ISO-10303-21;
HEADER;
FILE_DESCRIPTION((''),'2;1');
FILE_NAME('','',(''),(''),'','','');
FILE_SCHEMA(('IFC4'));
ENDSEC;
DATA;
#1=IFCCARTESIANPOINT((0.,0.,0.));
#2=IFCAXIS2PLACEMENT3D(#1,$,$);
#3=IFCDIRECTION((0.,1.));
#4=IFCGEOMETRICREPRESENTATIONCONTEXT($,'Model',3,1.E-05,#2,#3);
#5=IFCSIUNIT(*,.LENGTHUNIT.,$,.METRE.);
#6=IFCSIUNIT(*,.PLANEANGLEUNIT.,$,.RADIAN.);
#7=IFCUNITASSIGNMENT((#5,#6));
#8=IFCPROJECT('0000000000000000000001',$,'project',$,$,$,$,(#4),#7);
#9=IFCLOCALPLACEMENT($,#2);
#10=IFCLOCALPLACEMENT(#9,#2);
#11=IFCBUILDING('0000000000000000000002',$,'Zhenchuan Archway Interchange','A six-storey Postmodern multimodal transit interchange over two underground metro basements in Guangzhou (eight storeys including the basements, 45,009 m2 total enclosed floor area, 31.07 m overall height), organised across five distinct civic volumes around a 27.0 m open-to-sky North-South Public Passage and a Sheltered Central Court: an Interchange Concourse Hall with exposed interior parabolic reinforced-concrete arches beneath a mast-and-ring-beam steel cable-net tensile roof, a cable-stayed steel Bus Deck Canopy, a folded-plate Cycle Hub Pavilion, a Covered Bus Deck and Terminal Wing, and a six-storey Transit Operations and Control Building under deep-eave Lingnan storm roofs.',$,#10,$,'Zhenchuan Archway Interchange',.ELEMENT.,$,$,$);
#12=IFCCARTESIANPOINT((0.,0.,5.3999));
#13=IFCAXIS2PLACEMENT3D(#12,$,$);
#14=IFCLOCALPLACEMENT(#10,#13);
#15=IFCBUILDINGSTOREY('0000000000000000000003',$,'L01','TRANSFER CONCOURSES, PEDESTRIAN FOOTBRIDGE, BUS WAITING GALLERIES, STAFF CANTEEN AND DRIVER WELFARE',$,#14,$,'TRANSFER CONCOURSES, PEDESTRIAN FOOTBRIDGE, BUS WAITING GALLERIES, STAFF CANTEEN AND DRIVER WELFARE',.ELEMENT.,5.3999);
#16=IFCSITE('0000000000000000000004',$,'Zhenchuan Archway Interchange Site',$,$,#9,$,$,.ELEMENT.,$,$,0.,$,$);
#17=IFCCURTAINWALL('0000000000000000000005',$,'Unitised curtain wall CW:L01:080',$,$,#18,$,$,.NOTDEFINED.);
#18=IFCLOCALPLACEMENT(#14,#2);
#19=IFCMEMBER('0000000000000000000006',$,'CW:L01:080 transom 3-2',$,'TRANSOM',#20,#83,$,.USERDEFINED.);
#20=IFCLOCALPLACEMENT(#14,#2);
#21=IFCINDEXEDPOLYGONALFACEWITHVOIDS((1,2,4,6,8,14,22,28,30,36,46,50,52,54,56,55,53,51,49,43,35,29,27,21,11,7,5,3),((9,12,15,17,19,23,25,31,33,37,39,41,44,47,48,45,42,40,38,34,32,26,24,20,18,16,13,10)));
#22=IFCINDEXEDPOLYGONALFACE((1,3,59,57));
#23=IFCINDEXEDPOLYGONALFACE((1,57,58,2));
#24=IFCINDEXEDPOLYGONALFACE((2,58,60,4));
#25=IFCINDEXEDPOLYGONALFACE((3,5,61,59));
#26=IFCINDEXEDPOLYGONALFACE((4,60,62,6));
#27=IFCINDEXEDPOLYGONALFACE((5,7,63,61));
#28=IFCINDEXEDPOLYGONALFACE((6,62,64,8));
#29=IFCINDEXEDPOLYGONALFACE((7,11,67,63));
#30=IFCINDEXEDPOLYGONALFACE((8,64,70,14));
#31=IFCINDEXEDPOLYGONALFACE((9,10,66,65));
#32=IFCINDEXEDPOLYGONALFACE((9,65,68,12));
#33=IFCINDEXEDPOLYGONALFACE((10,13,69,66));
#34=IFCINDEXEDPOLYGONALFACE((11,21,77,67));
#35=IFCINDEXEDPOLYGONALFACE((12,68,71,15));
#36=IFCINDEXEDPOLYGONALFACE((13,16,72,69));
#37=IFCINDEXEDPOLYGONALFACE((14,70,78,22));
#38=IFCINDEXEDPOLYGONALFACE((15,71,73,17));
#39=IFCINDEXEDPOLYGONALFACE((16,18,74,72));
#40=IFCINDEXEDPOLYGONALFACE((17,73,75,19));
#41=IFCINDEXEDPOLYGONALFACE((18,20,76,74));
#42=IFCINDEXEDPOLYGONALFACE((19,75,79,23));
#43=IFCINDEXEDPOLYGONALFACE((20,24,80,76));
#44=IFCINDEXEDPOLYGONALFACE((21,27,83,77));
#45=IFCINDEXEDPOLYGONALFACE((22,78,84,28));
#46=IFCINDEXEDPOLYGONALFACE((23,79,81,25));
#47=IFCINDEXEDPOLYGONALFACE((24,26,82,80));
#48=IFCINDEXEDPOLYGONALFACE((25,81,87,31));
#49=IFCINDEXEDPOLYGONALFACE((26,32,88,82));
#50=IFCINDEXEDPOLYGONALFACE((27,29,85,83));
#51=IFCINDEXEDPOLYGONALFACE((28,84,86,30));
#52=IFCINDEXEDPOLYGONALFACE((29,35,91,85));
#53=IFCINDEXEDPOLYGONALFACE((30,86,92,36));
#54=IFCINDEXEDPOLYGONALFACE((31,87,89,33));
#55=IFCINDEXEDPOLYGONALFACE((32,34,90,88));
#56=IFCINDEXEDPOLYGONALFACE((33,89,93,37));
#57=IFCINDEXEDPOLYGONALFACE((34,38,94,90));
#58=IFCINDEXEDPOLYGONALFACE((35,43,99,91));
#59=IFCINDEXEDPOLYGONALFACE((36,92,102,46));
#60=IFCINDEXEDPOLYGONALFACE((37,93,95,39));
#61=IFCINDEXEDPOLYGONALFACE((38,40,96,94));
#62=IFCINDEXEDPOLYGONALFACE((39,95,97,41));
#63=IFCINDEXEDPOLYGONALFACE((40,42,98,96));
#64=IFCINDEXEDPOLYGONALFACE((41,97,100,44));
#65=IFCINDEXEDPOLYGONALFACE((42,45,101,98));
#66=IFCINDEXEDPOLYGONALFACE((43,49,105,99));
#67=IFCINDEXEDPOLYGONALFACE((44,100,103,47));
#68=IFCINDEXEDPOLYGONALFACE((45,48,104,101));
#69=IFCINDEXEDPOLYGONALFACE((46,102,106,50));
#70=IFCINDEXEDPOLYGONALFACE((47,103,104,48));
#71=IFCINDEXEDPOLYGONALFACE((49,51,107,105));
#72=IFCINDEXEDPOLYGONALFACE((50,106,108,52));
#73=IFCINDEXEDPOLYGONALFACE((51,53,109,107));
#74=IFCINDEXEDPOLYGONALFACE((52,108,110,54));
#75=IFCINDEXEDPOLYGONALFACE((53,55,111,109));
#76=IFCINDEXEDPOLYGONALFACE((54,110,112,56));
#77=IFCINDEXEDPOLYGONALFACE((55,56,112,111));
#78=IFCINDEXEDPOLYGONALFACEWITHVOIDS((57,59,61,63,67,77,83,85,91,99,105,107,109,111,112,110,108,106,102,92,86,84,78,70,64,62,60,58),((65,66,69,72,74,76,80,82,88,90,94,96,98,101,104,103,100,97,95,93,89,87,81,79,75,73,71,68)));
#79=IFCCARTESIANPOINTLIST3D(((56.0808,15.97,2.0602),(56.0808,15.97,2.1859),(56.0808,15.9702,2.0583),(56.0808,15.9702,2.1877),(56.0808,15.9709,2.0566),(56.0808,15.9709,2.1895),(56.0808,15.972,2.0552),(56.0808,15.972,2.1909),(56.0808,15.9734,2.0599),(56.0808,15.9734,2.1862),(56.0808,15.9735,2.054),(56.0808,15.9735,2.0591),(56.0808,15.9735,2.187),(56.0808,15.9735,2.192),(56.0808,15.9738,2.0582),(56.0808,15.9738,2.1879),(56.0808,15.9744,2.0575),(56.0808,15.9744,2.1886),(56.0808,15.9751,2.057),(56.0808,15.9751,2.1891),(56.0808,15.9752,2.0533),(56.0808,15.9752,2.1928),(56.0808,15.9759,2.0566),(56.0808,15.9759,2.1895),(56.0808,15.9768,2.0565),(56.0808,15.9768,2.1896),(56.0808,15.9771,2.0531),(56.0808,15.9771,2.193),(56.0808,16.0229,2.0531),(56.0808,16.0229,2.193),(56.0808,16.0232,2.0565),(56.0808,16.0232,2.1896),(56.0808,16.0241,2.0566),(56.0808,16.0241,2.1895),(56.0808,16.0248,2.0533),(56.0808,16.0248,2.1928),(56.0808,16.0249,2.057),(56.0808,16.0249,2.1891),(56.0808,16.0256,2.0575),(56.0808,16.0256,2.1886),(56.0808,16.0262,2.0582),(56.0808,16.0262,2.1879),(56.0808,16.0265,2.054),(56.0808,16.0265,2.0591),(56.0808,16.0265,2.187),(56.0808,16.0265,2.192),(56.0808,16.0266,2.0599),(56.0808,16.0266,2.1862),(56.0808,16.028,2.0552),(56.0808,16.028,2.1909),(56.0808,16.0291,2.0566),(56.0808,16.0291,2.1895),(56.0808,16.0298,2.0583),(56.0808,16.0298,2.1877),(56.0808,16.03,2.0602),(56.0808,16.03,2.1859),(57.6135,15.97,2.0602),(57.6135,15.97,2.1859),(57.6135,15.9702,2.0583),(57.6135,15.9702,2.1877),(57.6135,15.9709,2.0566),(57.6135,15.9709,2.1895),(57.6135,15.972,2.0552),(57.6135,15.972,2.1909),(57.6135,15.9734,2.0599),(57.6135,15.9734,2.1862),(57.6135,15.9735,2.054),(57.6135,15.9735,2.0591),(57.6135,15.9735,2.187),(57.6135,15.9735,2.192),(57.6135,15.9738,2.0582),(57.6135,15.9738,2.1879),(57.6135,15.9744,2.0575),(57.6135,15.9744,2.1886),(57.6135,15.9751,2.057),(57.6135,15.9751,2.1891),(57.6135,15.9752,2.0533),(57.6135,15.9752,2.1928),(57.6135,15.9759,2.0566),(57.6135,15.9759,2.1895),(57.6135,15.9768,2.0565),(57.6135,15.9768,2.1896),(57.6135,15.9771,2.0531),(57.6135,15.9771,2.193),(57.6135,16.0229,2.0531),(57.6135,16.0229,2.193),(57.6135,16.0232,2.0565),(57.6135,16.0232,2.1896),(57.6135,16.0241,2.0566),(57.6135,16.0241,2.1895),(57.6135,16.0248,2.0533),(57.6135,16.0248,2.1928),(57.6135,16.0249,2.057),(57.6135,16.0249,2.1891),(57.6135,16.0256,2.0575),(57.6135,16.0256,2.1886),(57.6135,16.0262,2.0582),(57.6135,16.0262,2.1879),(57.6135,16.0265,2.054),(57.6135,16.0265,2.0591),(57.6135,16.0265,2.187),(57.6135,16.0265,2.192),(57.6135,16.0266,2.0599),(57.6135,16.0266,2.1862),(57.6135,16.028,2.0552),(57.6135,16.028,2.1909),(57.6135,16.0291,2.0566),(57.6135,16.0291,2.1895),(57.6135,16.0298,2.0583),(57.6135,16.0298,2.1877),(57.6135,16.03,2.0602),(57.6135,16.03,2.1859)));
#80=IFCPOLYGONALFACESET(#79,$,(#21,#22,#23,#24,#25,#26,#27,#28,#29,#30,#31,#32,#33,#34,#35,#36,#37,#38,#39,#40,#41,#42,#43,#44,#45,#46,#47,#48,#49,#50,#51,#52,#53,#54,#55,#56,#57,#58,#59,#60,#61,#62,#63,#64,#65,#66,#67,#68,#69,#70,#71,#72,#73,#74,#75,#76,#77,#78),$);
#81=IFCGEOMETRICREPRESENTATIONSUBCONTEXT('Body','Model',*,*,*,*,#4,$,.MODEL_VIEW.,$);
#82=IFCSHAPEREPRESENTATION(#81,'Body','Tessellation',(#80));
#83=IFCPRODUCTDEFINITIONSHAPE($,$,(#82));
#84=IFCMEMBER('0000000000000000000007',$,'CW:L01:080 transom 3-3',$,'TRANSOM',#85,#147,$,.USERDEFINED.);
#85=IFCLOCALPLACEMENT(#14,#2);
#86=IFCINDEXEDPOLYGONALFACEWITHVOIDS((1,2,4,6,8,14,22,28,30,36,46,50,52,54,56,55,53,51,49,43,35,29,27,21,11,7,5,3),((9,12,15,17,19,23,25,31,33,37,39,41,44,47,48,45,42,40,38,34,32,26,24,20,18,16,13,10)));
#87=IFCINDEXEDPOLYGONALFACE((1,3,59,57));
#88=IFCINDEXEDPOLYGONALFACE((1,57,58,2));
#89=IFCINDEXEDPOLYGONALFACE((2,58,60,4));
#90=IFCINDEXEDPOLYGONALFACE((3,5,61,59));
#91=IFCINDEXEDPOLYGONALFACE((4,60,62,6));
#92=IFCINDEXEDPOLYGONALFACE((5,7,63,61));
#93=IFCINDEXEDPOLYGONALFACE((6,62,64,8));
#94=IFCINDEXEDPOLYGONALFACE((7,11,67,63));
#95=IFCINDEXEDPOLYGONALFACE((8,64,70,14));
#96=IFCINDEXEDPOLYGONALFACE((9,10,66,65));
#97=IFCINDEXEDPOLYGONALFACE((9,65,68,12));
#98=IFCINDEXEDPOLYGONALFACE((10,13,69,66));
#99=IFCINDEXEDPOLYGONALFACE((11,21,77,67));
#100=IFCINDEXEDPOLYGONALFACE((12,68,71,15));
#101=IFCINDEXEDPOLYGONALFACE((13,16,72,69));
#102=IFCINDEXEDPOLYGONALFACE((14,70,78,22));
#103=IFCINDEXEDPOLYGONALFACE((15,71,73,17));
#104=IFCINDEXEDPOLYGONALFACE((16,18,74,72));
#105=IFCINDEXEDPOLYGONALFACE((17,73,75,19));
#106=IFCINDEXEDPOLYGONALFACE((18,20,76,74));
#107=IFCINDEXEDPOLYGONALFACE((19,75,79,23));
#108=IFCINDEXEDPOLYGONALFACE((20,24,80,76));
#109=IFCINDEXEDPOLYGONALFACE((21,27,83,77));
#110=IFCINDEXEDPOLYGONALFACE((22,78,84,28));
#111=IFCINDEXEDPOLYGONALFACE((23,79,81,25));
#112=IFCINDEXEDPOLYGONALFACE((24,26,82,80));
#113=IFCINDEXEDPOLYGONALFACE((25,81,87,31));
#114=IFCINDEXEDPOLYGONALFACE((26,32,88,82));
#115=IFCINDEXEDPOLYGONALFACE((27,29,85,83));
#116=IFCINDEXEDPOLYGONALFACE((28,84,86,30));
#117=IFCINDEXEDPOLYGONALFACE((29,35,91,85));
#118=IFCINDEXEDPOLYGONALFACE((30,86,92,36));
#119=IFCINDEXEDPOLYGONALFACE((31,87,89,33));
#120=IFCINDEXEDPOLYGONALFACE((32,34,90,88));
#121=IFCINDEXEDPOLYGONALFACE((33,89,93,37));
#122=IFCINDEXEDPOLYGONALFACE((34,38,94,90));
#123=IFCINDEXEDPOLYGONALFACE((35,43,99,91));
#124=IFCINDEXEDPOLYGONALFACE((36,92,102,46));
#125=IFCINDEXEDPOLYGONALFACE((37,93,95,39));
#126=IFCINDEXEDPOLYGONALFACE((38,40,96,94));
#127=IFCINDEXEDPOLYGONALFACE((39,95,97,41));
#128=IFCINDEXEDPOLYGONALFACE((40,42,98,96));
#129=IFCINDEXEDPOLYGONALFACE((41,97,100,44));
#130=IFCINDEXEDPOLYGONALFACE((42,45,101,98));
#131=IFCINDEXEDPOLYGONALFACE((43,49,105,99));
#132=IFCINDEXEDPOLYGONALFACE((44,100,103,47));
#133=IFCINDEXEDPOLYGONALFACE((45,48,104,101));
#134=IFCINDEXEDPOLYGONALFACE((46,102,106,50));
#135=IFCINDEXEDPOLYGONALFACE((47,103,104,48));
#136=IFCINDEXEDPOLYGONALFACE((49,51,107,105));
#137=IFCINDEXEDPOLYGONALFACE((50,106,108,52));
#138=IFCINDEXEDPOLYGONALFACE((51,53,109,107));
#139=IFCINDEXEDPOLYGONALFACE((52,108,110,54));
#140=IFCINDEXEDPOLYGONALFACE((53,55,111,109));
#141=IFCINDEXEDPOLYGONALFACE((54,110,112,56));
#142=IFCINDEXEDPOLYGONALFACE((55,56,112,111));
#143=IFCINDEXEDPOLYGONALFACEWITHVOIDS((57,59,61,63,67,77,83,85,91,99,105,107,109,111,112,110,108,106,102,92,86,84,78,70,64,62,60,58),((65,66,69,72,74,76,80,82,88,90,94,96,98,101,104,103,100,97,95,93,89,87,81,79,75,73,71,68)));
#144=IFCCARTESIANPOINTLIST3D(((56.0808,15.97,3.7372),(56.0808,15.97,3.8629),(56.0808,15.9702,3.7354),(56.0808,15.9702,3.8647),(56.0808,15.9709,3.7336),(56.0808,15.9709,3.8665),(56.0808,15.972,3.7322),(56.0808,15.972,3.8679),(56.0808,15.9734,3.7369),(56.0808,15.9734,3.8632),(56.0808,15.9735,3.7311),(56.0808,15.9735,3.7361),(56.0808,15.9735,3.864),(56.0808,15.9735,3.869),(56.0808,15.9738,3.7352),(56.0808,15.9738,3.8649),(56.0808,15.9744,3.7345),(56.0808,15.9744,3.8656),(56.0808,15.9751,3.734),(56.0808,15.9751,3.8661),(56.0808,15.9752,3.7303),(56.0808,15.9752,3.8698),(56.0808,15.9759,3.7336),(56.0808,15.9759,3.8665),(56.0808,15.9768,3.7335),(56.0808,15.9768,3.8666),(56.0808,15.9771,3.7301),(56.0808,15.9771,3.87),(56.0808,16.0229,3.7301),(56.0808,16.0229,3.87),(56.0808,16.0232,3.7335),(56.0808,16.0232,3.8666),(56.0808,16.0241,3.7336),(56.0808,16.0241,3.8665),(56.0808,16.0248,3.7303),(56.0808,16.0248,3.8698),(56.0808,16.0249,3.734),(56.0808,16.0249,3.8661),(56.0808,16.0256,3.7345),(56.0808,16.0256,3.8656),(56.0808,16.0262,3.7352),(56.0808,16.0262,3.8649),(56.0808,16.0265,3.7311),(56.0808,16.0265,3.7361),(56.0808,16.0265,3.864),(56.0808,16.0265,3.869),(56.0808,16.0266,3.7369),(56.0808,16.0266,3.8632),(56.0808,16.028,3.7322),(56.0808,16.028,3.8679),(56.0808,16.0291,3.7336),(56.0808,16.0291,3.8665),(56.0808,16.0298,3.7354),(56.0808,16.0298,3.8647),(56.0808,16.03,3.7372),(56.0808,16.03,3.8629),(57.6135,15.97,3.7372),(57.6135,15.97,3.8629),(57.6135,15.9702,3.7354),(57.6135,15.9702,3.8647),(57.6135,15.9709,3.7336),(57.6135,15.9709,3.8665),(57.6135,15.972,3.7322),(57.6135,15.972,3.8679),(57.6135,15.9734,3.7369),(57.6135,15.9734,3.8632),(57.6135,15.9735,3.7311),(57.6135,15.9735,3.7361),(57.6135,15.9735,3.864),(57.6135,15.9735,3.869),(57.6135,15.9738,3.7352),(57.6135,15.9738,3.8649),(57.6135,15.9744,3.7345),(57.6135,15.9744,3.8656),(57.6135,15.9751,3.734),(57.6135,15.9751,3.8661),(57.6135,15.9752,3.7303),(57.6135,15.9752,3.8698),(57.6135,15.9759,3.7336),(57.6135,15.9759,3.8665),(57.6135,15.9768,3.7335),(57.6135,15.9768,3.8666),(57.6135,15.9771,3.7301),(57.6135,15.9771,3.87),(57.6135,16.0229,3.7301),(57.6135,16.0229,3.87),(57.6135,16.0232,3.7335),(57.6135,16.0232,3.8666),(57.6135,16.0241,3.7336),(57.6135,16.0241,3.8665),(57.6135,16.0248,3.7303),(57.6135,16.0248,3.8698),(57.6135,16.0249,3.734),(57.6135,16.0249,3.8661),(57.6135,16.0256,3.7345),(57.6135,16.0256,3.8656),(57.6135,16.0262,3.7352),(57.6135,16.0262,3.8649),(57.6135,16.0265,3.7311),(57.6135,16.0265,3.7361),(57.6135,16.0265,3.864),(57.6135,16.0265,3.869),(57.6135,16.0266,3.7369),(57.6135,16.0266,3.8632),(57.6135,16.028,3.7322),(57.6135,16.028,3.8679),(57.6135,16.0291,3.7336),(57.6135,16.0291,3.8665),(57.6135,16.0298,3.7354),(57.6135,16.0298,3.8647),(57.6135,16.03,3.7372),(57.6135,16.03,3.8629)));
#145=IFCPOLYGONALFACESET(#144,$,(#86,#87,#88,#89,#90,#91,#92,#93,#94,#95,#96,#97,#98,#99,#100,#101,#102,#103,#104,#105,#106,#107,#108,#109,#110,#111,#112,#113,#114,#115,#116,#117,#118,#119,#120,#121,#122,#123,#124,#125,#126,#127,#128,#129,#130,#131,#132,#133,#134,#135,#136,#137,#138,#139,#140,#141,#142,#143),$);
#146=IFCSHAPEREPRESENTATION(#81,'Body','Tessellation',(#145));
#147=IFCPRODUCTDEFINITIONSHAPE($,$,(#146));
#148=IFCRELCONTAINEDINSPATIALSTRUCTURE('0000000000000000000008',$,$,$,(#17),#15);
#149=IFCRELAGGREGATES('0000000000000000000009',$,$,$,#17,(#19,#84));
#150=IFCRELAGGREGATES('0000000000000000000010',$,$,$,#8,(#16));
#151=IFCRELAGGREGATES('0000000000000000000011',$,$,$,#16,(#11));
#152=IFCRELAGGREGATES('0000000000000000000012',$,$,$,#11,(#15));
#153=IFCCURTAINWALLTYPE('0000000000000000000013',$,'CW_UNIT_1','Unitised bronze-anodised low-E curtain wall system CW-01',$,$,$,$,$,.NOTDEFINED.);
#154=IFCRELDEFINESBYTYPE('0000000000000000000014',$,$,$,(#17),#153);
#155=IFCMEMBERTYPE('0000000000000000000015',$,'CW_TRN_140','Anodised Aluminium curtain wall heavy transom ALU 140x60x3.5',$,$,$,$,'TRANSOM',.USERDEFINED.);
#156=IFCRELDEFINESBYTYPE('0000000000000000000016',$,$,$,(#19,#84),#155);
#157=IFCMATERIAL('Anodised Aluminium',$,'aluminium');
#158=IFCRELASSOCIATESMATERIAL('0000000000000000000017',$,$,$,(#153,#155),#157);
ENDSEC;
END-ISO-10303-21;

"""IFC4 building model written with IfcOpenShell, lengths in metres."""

from ifc_helpers import new_model, si_unit, direction, frame, origin, origin_2d, place, context, subcontext, project, spatial, hollow_rectangle, extrude, material, material_profile, profile_set, type_object, element, aggregate, save


model = new_model("IFC4")

# Units and contexts
model_context = context("Model", 3, precision=1e-05, world=origin(), true_north=direction((0.0, 1.0)))
body_context = subcontext(model_context, "Body", "Model", "MODEL_VIEW")
ifc_project = project(units=[si_unit("LENGTHUNIT", "METRE"), si_unit("PLANEANGLEUNIT", "RADIAN")], contexts=[model_context])

# Site, building, storey
site_placement = place(None, origin())
site = spatial("IfcSite", under=ifc_project, at=site_placement, Name="Zhenchuan Archway Interchange Site", CompositionType="ELEMENT", RefElevation=0.0)
building_placement = place(site_placement, origin())
building = spatial("IfcBuilding", under=site, at=building_placement, Name="Zhenchuan Archway Interchange", Description="A six-storey Postmodern multimodal transit interchange over two underground metro basements in Guangzhou (eight storeys including the basements, 45,009 m2 total enclosed floor area, 31.07 m overall height), organised across five distinct civic volumes around a 27.0 m open-to-sky North-South Public Passage and a Sheltered Central Court: an Interchange Concourse Hall with exposed interior parabolic reinforced-concrete arches beneath a mast-and-ring-beam steel cable-net tensile roof, a cable-stayed steel Bus Deck Canopy, a folded-plate Cycle Hub Pavilion, a Covered Bus Deck and Terminal Wing, and a six-storey Transit Operations and Control Building under deep-eave Lingnan storm roofs.", LongName="Zhenchuan Archway Interchange", CompositionType="ELEMENT")
storey_placement = place(building_placement, frame((0.0, 0.0, 5.3999)))
storey = spatial("IfcBuildingStorey", under=building, at=storey_placement, Name="L01", Description="TRANSFER CONCOURSES, PEDESTRIAN FOOTBRIDGE, BUS WAITING GALLERIES, STAFF CANTEEN AND DRIVER WELFARE", LongName="TRANSFER CONCOURSES, PEDESTRIAN FOOTBRIDGE, BUS WAITING GALLERIES, STAFF CANTEEN AND DRIVER WELFARE", CompositionType="ELEMENT", Elevation=5.3999)

# Curtain wall
ifc_material_1 = material(Name="Anodised Aluminium", Category="aluminium")
curtain_wall_type_1 = type_object("IfcCurtainWallType", Name="CW_UNIT_1", Description="Unitised bronze-anodised low-E curtain wall system CW-01", PredefinedType="NOTDEFINED", material=ifc_material_1)
curtain_wall_1_placement = place(storey_placement, origin())
curtain_wall_1 = element("IfcCurtainWall", 1, at=curtain_wall_1_placement, inside=storey, type_object=curtain_wall_type_1, Name="Unitised curtain wall CW:L01:080", PredefinedType="NOTDEFINED")

# Members
ifc_material_profile_1 = material_profile(ifc_material_1, hollow_rectangle(XDim=0.0601, YDim=0.1399, WallThickness=0.0034, InnerFilletRadius=0.0034, OuterFilletRadius=0.0071, at=origin_2d()), Name="ALU 140x60x3.5")
ifc_profile_set_1 = profile_set([ifc_material_profile_1], Name="Anodised Aluminium")
member_type_1 = type_object("IfcMemberType", Name="CW_TRN_140", Description="Anodised Aluminium curtain wall heavy transom ALU 140x60x3.5", ElementType="TRANSOM", PredefinedType="USERDEFINED", material=ifc_profile_set_1)
member_1_placement = place(storey_placement, frame((57.6135, 16.0, 2.123), z_axis=(-1.0, 0.0, 0.0), x_axis=(0.0, -1.0, 0.0)))
member_1 = element("IfcMember", 2, at=member_1_placement, type_object=member_type_1, Name="CW:L01:080 transom 3-2", ObjectType="TRANSOM", PredefinedType="USERDEFINED", context=body_context, shape_type="SweptSolid", body=[
    extrude(hollow_rectangle(XDim=0.0601, YDim=0.1399, WallThickness=0.0034, InnerFilletRadius=0.0034, OuterFilletRadius=0.0071, at=origin_2d()), origin(), (0.0, 0.0, 1.0), 1.5327),
])
member_2_placement = place(storey_placement, frame((57.6135, 16.0, 3.8), z_axis=(-1.0, 0.0, 0.0), x_axis=(0.0, -1.0, 0.0)))
member_2 = element("IfcMember", 3, at=member_2_placement, type_object=member_type_1, Name="CW:L01:080 transom 3-3", ObjectType="TRANSOM", PredefinedType="USERDEFINED", context=body_context, shape_type="SweptSolid", body=[
    extrude(hollow_rectangle(XDim=0.0601, YDim=0.1399, WallThickness=0.0034, InnerFilletRadius=0.0034, OuterFilletRadius=0.0071, at=origin_2d()), origin(), (0.0, 0.0, 1.0), 1.5327),
])

aggregate(curtain_wall_1, [member_1, member_2])

save(model, "model.ifc")
